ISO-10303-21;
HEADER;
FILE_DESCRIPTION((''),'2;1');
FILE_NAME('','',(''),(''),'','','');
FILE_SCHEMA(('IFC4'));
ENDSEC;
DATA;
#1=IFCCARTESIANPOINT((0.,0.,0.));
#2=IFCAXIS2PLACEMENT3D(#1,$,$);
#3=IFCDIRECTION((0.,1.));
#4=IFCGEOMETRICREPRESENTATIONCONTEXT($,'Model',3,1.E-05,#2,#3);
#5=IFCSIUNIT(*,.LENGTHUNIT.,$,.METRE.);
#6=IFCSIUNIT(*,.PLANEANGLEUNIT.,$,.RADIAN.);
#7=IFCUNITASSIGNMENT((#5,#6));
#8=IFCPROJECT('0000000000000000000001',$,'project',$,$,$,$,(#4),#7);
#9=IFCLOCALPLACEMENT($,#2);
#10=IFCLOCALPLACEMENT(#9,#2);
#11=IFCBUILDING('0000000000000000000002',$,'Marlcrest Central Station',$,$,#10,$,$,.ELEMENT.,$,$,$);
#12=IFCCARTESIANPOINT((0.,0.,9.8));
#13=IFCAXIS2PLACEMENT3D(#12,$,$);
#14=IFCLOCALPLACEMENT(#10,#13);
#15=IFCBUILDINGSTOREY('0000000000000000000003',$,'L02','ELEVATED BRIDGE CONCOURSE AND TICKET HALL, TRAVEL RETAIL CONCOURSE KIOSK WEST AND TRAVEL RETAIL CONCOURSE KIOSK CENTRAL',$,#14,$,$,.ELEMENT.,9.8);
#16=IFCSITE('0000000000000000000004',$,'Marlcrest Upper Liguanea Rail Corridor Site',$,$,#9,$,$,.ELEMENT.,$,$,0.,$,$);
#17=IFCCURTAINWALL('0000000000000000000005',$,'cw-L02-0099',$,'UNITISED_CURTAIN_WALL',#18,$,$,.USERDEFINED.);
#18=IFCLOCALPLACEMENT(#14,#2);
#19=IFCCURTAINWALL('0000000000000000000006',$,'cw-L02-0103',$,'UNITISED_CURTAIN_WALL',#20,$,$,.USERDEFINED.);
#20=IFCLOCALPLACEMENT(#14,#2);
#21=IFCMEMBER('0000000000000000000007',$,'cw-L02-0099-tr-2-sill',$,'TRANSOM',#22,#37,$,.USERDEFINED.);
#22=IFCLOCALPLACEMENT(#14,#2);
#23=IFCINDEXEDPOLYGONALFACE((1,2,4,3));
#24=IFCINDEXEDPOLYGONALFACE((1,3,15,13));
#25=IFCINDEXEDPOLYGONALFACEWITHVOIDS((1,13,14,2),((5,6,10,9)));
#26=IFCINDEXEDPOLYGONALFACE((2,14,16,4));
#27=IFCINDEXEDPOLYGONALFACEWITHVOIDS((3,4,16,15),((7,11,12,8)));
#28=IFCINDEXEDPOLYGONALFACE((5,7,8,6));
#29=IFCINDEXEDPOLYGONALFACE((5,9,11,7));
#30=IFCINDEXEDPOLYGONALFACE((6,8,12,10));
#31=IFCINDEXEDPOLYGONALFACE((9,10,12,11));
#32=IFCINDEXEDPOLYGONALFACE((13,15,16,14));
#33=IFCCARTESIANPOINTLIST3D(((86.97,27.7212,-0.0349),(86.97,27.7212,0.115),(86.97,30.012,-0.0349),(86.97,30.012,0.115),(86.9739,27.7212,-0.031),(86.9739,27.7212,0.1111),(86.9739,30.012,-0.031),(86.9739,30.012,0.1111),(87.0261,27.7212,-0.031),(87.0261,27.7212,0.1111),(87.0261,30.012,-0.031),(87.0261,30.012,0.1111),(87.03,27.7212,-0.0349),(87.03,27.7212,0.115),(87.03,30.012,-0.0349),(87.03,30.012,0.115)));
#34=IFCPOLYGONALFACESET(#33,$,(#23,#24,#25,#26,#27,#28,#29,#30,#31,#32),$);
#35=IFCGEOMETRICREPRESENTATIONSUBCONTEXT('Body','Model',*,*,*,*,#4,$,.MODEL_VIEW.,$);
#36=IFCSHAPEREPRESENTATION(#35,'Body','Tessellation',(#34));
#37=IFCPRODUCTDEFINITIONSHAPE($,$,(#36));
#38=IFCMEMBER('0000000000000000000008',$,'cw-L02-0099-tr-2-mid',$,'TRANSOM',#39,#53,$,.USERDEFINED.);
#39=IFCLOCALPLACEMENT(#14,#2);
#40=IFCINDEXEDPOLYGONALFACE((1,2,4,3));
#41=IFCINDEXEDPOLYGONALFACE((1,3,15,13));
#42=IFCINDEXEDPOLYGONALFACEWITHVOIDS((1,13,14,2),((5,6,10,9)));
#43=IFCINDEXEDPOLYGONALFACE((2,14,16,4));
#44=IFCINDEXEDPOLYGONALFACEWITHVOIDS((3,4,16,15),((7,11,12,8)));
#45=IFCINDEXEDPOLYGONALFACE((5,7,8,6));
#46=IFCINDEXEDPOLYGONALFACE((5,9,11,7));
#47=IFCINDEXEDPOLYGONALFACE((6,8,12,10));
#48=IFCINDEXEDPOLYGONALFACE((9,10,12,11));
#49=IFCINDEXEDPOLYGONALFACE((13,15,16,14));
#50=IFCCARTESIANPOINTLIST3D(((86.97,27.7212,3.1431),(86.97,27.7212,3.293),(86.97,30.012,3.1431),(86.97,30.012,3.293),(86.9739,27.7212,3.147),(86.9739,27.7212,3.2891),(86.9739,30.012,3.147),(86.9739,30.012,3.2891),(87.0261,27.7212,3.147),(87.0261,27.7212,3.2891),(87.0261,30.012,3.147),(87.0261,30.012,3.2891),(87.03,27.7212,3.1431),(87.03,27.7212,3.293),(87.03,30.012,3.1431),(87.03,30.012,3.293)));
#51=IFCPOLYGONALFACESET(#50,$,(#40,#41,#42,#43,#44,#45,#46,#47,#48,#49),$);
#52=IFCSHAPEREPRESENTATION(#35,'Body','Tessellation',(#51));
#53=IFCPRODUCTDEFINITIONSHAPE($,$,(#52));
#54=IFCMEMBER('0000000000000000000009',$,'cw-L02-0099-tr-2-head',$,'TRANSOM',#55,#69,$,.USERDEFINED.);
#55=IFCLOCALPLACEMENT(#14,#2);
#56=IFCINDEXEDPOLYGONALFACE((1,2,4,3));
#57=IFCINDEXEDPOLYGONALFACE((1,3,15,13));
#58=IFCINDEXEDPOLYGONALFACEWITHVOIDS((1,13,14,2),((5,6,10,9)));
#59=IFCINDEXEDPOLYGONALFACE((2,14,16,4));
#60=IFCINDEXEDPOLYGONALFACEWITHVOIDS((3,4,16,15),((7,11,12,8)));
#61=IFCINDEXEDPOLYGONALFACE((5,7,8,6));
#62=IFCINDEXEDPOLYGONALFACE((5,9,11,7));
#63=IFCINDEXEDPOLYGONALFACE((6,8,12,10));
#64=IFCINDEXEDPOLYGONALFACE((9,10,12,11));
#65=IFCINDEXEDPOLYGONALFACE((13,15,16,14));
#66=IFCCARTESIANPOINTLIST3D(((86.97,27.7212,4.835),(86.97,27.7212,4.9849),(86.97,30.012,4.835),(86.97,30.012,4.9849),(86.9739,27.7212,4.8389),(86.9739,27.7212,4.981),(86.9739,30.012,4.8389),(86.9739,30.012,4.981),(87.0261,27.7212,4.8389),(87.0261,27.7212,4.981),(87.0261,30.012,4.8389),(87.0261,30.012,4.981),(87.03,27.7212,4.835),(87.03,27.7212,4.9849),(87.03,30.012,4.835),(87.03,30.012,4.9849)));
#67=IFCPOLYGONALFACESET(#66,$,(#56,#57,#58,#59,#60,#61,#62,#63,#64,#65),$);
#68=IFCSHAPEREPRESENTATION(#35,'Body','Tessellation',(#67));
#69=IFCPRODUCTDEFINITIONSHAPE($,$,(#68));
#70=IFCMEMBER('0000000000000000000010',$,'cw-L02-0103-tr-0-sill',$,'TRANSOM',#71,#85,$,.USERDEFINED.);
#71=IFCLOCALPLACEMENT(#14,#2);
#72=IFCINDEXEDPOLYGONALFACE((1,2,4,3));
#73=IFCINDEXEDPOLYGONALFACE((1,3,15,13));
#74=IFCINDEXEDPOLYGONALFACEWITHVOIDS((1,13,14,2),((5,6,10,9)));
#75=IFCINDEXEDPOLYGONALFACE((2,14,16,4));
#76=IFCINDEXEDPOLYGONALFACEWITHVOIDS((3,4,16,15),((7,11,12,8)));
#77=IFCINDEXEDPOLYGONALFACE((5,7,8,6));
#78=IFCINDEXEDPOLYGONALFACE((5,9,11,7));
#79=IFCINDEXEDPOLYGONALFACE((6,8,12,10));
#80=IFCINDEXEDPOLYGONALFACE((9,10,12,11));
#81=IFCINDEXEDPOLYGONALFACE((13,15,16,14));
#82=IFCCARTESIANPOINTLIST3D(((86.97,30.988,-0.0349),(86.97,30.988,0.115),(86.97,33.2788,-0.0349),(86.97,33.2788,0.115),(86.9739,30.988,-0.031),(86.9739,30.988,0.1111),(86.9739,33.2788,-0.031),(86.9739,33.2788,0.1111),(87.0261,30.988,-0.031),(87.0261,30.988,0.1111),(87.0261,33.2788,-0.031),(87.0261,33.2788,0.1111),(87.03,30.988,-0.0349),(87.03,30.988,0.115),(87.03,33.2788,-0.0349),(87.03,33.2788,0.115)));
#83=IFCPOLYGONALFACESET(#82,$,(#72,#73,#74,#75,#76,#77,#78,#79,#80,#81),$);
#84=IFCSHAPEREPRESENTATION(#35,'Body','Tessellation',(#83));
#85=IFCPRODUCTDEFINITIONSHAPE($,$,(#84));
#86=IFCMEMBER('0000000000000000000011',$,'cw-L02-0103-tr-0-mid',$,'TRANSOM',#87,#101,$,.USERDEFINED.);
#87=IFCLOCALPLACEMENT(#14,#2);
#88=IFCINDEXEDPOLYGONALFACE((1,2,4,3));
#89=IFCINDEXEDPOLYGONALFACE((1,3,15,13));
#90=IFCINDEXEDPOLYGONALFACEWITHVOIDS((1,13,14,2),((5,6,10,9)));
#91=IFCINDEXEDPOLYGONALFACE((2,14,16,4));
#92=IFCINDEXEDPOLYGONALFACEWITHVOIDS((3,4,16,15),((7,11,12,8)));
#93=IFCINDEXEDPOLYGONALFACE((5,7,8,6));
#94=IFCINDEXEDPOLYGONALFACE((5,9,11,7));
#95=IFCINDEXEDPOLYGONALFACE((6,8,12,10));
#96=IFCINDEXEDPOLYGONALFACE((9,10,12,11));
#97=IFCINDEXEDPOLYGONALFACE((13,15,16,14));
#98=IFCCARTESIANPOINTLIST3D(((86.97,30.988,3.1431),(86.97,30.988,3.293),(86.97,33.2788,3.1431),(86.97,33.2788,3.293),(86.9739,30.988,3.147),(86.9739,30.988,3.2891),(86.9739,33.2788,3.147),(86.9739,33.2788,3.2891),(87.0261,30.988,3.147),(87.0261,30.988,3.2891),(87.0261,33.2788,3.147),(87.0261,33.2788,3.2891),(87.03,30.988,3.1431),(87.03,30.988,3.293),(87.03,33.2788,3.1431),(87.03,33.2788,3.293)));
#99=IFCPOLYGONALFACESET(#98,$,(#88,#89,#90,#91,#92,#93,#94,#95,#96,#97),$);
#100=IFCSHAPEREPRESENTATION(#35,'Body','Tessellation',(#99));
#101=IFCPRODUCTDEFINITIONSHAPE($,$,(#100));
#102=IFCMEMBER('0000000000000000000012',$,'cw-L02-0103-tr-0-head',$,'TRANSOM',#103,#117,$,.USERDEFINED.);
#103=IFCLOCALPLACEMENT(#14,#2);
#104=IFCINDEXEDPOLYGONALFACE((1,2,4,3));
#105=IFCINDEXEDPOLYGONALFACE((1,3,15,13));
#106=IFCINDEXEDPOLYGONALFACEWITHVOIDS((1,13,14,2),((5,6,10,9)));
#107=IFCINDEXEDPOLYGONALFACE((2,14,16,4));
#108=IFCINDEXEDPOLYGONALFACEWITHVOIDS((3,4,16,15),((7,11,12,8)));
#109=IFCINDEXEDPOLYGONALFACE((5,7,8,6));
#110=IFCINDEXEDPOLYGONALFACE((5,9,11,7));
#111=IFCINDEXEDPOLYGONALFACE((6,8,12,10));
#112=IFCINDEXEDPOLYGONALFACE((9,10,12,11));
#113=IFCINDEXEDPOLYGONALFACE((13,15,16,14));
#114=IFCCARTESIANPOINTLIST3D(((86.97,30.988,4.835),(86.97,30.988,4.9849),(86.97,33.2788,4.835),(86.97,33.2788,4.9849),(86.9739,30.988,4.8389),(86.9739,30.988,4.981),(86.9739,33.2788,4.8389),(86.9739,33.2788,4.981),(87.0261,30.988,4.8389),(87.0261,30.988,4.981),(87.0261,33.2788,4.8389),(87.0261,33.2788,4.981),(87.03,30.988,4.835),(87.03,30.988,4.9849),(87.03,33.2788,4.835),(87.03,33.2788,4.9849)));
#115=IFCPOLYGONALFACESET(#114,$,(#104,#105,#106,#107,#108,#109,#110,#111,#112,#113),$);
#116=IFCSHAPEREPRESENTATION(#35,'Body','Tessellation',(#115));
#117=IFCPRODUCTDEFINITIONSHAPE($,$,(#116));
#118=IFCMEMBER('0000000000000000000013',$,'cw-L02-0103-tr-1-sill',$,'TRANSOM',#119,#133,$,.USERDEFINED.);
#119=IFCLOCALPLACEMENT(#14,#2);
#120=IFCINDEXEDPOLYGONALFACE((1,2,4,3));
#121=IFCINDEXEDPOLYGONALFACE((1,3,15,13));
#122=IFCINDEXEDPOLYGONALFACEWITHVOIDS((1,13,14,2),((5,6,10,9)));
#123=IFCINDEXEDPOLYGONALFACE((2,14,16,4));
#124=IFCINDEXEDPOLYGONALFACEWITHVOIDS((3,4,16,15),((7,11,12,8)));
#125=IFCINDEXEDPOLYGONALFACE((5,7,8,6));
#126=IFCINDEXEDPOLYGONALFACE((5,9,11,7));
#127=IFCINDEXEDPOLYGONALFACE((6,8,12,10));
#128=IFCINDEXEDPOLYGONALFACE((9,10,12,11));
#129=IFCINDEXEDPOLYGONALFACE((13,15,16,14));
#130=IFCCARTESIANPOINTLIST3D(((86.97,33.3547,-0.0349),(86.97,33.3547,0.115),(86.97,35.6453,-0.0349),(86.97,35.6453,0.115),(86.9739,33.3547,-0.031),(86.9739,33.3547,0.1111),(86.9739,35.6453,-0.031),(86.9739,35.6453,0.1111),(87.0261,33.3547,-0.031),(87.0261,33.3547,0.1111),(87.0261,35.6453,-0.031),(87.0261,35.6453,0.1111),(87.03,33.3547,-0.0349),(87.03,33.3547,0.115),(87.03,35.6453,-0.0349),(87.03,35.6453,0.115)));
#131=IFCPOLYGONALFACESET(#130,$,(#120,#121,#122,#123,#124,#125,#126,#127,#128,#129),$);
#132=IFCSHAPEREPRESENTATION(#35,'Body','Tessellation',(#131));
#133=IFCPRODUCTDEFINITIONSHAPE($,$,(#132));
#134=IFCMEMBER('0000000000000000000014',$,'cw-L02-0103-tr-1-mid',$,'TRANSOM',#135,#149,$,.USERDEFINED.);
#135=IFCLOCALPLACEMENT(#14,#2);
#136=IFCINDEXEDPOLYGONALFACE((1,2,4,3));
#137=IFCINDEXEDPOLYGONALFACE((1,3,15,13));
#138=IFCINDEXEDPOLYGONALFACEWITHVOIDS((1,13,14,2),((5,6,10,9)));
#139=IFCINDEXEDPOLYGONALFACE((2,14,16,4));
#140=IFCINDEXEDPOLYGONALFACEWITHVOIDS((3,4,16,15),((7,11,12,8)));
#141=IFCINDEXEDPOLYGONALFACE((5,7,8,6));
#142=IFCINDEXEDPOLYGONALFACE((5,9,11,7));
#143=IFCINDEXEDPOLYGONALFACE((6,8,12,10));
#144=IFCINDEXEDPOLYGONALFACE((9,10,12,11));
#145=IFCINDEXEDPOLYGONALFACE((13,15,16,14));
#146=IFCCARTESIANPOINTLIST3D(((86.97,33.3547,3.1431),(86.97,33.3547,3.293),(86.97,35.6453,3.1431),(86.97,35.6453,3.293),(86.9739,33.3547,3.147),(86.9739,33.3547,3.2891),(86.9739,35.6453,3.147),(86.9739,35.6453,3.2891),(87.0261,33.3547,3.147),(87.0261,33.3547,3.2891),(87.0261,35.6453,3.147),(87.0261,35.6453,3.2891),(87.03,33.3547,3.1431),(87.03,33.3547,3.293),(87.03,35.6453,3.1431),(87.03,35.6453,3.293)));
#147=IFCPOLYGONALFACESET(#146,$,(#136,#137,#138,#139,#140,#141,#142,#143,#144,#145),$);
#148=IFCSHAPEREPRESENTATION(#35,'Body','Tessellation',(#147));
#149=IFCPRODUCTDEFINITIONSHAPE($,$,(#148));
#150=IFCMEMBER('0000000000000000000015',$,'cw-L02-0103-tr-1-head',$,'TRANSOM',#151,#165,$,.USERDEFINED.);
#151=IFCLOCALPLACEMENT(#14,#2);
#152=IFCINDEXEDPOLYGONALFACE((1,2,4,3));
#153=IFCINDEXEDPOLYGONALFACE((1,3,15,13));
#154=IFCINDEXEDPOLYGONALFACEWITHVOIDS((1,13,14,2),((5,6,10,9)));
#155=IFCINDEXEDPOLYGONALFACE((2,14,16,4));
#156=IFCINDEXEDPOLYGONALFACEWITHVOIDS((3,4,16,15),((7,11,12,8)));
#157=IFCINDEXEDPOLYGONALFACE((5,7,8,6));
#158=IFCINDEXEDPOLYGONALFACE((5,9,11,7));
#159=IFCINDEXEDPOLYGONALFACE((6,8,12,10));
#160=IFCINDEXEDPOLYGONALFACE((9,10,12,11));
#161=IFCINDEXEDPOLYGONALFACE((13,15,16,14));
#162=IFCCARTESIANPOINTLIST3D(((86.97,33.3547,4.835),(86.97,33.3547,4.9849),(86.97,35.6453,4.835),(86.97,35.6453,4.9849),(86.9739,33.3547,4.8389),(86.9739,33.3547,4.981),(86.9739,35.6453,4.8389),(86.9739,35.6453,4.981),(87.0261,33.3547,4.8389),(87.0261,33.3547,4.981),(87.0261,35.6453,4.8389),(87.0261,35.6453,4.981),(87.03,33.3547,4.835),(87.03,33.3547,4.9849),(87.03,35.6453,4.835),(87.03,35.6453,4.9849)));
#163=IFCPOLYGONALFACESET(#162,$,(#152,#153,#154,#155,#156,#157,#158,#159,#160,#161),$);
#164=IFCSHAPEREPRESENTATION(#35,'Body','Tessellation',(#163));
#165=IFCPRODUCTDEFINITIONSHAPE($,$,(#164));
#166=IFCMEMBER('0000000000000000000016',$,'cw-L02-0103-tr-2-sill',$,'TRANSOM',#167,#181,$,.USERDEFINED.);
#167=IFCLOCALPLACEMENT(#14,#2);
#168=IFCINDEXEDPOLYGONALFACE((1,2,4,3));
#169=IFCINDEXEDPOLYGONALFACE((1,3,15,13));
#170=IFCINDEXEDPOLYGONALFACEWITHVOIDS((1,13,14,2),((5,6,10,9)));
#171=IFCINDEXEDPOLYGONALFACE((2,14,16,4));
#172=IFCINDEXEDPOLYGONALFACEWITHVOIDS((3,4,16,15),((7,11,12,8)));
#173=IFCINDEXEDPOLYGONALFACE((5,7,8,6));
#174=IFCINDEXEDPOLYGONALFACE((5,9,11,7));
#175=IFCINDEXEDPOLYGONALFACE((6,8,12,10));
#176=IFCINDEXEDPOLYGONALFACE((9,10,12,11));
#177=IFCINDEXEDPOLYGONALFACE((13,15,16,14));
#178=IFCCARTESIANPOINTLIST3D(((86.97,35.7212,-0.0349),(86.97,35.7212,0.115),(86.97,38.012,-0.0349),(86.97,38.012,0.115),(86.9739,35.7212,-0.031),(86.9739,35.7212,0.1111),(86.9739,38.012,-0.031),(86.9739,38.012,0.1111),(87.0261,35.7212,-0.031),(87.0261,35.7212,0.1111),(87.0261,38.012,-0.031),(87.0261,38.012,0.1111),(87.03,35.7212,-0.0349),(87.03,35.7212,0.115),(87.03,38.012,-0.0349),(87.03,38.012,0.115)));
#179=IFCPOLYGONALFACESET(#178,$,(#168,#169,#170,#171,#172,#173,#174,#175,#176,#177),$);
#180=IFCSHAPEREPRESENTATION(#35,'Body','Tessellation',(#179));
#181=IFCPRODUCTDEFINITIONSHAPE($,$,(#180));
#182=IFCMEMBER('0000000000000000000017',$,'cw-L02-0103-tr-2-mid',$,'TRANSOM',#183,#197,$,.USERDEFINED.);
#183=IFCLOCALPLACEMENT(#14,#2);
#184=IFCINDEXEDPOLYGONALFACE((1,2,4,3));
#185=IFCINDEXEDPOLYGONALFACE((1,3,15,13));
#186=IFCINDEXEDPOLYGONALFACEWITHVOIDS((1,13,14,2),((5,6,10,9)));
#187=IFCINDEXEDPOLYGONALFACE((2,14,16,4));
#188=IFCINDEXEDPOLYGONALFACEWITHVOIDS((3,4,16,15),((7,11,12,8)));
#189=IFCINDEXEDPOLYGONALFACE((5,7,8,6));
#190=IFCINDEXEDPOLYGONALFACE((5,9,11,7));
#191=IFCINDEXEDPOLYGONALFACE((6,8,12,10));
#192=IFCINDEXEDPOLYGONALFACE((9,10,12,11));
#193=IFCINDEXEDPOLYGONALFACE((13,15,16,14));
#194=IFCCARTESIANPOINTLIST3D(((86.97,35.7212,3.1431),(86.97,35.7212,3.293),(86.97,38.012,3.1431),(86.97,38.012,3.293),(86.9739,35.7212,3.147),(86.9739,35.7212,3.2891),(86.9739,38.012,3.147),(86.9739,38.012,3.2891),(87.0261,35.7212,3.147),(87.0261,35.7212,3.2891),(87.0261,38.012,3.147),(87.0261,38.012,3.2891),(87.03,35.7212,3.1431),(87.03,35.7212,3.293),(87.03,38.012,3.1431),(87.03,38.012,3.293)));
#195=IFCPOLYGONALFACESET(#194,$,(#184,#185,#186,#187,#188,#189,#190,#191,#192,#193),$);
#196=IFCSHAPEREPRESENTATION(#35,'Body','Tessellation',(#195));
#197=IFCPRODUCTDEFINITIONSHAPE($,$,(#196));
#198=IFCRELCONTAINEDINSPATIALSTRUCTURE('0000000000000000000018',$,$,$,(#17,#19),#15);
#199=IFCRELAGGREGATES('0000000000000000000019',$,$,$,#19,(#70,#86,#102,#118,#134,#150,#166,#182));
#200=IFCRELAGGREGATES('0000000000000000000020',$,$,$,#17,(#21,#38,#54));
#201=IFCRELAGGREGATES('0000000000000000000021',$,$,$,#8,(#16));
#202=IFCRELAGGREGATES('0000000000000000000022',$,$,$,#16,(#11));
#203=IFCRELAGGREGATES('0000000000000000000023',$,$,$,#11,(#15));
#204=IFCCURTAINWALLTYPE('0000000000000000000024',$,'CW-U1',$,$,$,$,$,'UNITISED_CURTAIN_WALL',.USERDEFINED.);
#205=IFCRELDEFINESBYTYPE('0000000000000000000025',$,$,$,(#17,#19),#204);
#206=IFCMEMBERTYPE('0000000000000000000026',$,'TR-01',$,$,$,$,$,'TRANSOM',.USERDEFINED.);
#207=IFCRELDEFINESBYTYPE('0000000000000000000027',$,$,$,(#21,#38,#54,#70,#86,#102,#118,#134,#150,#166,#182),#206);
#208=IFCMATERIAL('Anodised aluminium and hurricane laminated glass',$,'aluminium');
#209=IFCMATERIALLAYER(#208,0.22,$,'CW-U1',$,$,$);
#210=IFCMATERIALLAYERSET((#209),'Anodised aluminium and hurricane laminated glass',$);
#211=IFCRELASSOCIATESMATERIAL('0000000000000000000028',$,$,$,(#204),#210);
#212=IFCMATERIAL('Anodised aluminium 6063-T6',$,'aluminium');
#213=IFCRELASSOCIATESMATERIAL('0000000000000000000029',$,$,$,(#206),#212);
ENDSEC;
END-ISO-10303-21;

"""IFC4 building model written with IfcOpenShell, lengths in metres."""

from ifc_helpers import new_model, si_unit, direction, frame, origin, origin_2d, place, context, subcontext, project, spatial, hollow_rectangle, extrude, material, layer, layer_set, material_profile, profile_set, type_object, element, aggregate, save


model = new_model("IFC4")

# Units and contexts
model_context = context("Model", 3, precision=1e-05, world=origin(), true_north=direction((0.0, 1.0)))
body_context = subcontext(model_context, "Body", "Model", "MODEL_VIEW")
ifc_project = project(units=[si_unit("LENGTHUNIT", "METRE"), si_unit("PLANEANGLEUNIT", "RADIAN")], contexts=[model_context])

# Site, building, storey
site_placement = place(None, origin())
site = spatial("IfcSite", under=ifc_project, at=site_placement, Name="Marlcrest Upper Liguanea Rail Corridor Site", CompositionType="ELEMENT", RefElevation=0.0)
building_placement = place(site_placement, origin())
building = spatial("IfcBuilding", under=site, at=building_placement, Name="Marlcrest Central Station", CompositionType="ELEMENT")
storey_placement = place(building_placement, frame((0.0, 0.0, 9.8)))
storey = spatial("IfcBuildingStorey", under=building, at=storey_placement, Name="L02", Description="ELEVATED BRIDGE CONCOURSE AND TICKET HALL, TRAVEL RETAIL CONCOURSE KIOSK WEST AND TRAVEL RETAIL CONCOURSE KIOSK CENTRAL", CompositionType="ELEMENT", Elevation=9.8)

# Curtain walls
ifc_material_1 = material(Name="Anodised aluminium and hurricane laminated glass", Category="aluminium")
ifc_layer_1 = layer(ifc_material_1, 0.22, Name="CW-U1")
ifc_layer_set_1 = layer_set([ifc_layer_1], Name="Anodised aluminium and hurricane laminated glass")
curtain_wall_type = type_object("IfcCurtainWallType", Name="CW-U1", ElementType="UNITISED_CURTAIN_WALL", PredefinedType="USERDEFINED", material=ifc_layer_set_1)
curtain_wall_1_placement = place(storey_placement, origin())
curtain_wall_1 = element("IfcCurtainWall", 1, at=curtain_wall_1_placement, inside=storey, type_object=curtain_wall_type, Name="cw-L02-0099", ObjectType="UNITISED_CURTAIN_WALL", PredefinedType="USERDEFINED")
ifc_material_2 = material(Name="Anodised aluminium 6063-T6", Category="aluminium")
curtain_wall_2_placement = place(storey_placement, origin())
curtain_wall_2 = element("IfcCurtainWall", 2, at=curtain_wall_2_placement, inside=storey, type_object=curtain_wall_type, Name="cw-L02-0103", ObjectType="UNITISED_CURTAIN_WALL", PredefinedType="USERDEFINED")

# Members
ifc_material_profile_1 = material_profile(ifc_material_2, hollow_rectangle(XDim=0.0601, YDim=0.1499, WallThickness=0.0039, at=origin_2d()), Name="AA-RHS 150x60x4")
ifc_profile_set_1 = profile_set([ifc_material_profile_1], Name="Anodised aluminium 6063-T6")
member_type_1 = type_object("IfcMemberType", Name="TR-01", ElementType="TRANSOM", PredefinedType="USERDEFINED", material=ifc_profile_set_1)
member_1_placement = place(storey_placement, frame((87.0, 27.7212, 0.04), z_axis=(0.0, 1.0, 0.0), x_axis=(-1.0, 0.0, 0.0)))
member_1 = element("IfcMember", 3, at=member_1_placement, type_object=member_type_1, Name="cw-L02-0099-tr-2-sill", ObjectType="TRANSOM", PredefinedType="USERDEFINED", context=body_context, shape_type="SweptSolid", body=[
    extrude(hollow_rectangle(XDim=0.0601, YDim=0.1499, WallThickness=0.0039, at=origin_2d()), origin(), (0.0, 0.0, 1.0), 2.2908),
])
member_2_placement = place(storey_placement, frame((87.0, 27.7212, 3.218), z_axis=(0.0, 1.0, 0.0), x_axis=(-1.0, 0.0, 0.0)))
member_2 = element("IfcMember", 4, at=member_2_placement, type_object=member_type_1, Name="cw-L02-0099-tr-2-mid", ObjectType="TRANSOM", PredefinedType="USERDEFINED", context=body_context, shape_type="SweptSolid", body=[
    extrude(hollow_rectangle(XDim=0.0601, YDim=0.1499, WallThickness=0.0039, at=origin_2d()), origin(), (0.0, 0.0, 1.0), 2.2908),
])
member_3_placement = place(storey_placement, frame((87.0, 27.7212, 4.9099), z_axis=(0.0, 1.0, 0.0), x_axis=(-1.0, 0.0, 0.0)))
member_3 = element("IfcMember", 5, at=member_3_placement, type_object=member_type_1, Name="cw-L02-0099-tr-2-head", ObjectType="TRANSOM", PredefinedType="USERDEFINED", context=body_context, shape_type="SweptSolid", body=[
    extrude(hollow_rectangle(XDim=0.0601, YDim=0.1499, WallThickness=0.0039, at=origin_2d()), origin(), (0.0, 0.0, 1.0), 2.2908),
])
member_4_placement = place(storey_placement, frame((87.0, 30.988, 0.04), z_axis=(0.0, 1.0, 0.0), x_axis=(-1.0, 0.0, 0.0)))
member_4 = element("IfcMember", 6, at=member_4_placement, type_object=member_type_1, Name="cw-L02-0103-tr-0-sill", ObjectType="TRANSOM", PredefinedType="USERDEFINED", context=body_context, shape_type="SweptSolid", body=[
    extrude(hollow_rectangle(XDim=0.0601, YDim=0.1499, WallThickness=0.0039, at=origin_2d()), origin(), (0.0, 0.0, 1.0), 2.2908),
])
member_5_placement = place(storey_placement, frame((87.0, 30.988, 3.218), z_axis=(0.0, 1.0, 0.0), x_axis=(-1.0, 0.0, 0.0)))
member_5 = element("IfcMember", 7, at=member_5_placement, type_object=member_type_1, Name="cw-L02-0103-tr-0-mid", ObjectType="TRANSOM", PredefinedType="USERDEFINED", context=body_context, shape_type="SweptSolid", body=[
    extrude(hollow_rectangle(XDim=0.0601, YDim=0.1499, WallThickness=0.0039, at=origin_2d()), origin(), (0.0, 0.0, 1.0), 2.2908),
])
member_6_placement = place(storey_placement, frame((87.0, 30.988, 4.9099), z_axis=(0.0, 1.0, 0.0), x_axis=(-1.0, 0.0, 0.0)))
member_6 = element("IfcMember", 8, at=member_6_placement, type_object=member_type_1, Name="cw-L02-0103-tr-0-head", ObjectType="TRANSOM", PredefinedType="USERDEFINED", context=body_context, shape_type="SweptSolid", body=[
    extrude(hollow_rectangle(XDim=0.0601, YDim=0.1499, WallThickness=0.0039, at=origin_2d()), origin(), (0.0, 0.0, 1.0), 2.2908),
])
member_7_placement = place(storey_placement, frame((87.0, 33.3547, 0.04), z_axis=(0.0, 1.0, 0.0), x_axis=(-1.0, 0.0, 0.0)))
member_7 = element("IfcMember", 9, at=member_7_placement, type_object=member_type_1, Name="cw-L02-0103-tr-1-sill", ObjectType="TRANSOM", PredefinedType="USERDEFINED", context=body_context, shape_type="SweptSolid", body=[
    extrude(hollow_rectangle(XDim=0.0601, YDim=0.1499, WallThickness=0.0039, at=origin_2d()), origin(), (0.0, 0.0, 1.0), 2.2905),
])
member_8_placement = place(storey_placement, frame((87.0, 33.3547, 3.218), z_axis=(0.0, 1.0, 0.0), x_axis=(-1.0, 0.0, 0.0)))
member_8 = element("IfcMember", 10, at=member_8_placement, type_object=member_type_1, Name="cw-L02-0103-tr-1-mid", ObjectType="TRANSOM", PredefinedType="USERDEFINED", context=body_context, shape_type="SweptSolid", body=[
    extrude(hollow_rectangle(XDim=0.0601, YDim=0.1499, WallThickness=0.0039, at=origin_2d()), origin(), (0.0, 0.0, 1.0), 2.2905),
])
member_9_placement = place(storey_placement, frame((87.0, 33.3547, 4.9099), z_axis=(0.0, 1.0, 0.0), x_axis=(-1.0, 0.0, 0.0)))
member_9 = element("IfcMember", 11, at=member_9_placement, type_object=member_type_1, Name="cw-L02-0103-tr-1-head", ObjectType="TRANSOM", PredefinedType="USERDEFINED", context=body_context, shape_type="SweptSolid", body=[
    extrude(hollow_rectangle(XDim=0.0601, YDim=0.1499, WallThickness=0.0039, at=origin_2d()), origin(), (0.0, 0.0, 1.0), 2.2905),
])
member_10_placement = place(storey_placement, frame((87.0, 35.7212, 0.04), z_axis=(0.0, 1.0, 0.0), x_axis=(-1.0, 0.0, 0.0)))
member_10 = element("IfcMember", 12, at=member_10_placement, type_object=member_type_1, Name="cw-L02-0103-tr-2-sill", ObjectType="TRANSOM", PredefinedType="USERDEFINED", context=body_context, shape_type="SweptSolid", body=[
    extrude(hollow_rectangle(XDim=0.0601, YDim=0.1499, WallThickness=0.0039, at=origin_2d()), origin(), (0.0, 0.0, 1.0), 2.2908),
])
member_11_placement = place(storey_placement, frame((87.0, 35.7212, 3.218), z_axis=(0.0, 1.0, 0.0), x_axis=(-1.0, 0.0, 0.0)))
member_11 = element("IfcMember", 13, at=member_11_placement, type_object=member_type_1, Name="cw-L02-0103-tr-2-mid", ObjectType="TRANSOM", PredefinedType="USERDEFINED", context=body_context, shape_type="SweptSolid", body=[
    extrude(hollow_rectangle(XDim=0.0601, YDim=0.1499, WallThickness=0.0039, at=origin_2d()), origin(), (0.0, 0.0, 1.0), 2.2908),
])

aggregate(curtain_wall_2, [member_4, member_5, member_6, member_7, member_8, member_9, member_10, member_11])
aggregate(curtain_wall_1, [member_1, member_2, member_3])

save(model, "model.ifc")
